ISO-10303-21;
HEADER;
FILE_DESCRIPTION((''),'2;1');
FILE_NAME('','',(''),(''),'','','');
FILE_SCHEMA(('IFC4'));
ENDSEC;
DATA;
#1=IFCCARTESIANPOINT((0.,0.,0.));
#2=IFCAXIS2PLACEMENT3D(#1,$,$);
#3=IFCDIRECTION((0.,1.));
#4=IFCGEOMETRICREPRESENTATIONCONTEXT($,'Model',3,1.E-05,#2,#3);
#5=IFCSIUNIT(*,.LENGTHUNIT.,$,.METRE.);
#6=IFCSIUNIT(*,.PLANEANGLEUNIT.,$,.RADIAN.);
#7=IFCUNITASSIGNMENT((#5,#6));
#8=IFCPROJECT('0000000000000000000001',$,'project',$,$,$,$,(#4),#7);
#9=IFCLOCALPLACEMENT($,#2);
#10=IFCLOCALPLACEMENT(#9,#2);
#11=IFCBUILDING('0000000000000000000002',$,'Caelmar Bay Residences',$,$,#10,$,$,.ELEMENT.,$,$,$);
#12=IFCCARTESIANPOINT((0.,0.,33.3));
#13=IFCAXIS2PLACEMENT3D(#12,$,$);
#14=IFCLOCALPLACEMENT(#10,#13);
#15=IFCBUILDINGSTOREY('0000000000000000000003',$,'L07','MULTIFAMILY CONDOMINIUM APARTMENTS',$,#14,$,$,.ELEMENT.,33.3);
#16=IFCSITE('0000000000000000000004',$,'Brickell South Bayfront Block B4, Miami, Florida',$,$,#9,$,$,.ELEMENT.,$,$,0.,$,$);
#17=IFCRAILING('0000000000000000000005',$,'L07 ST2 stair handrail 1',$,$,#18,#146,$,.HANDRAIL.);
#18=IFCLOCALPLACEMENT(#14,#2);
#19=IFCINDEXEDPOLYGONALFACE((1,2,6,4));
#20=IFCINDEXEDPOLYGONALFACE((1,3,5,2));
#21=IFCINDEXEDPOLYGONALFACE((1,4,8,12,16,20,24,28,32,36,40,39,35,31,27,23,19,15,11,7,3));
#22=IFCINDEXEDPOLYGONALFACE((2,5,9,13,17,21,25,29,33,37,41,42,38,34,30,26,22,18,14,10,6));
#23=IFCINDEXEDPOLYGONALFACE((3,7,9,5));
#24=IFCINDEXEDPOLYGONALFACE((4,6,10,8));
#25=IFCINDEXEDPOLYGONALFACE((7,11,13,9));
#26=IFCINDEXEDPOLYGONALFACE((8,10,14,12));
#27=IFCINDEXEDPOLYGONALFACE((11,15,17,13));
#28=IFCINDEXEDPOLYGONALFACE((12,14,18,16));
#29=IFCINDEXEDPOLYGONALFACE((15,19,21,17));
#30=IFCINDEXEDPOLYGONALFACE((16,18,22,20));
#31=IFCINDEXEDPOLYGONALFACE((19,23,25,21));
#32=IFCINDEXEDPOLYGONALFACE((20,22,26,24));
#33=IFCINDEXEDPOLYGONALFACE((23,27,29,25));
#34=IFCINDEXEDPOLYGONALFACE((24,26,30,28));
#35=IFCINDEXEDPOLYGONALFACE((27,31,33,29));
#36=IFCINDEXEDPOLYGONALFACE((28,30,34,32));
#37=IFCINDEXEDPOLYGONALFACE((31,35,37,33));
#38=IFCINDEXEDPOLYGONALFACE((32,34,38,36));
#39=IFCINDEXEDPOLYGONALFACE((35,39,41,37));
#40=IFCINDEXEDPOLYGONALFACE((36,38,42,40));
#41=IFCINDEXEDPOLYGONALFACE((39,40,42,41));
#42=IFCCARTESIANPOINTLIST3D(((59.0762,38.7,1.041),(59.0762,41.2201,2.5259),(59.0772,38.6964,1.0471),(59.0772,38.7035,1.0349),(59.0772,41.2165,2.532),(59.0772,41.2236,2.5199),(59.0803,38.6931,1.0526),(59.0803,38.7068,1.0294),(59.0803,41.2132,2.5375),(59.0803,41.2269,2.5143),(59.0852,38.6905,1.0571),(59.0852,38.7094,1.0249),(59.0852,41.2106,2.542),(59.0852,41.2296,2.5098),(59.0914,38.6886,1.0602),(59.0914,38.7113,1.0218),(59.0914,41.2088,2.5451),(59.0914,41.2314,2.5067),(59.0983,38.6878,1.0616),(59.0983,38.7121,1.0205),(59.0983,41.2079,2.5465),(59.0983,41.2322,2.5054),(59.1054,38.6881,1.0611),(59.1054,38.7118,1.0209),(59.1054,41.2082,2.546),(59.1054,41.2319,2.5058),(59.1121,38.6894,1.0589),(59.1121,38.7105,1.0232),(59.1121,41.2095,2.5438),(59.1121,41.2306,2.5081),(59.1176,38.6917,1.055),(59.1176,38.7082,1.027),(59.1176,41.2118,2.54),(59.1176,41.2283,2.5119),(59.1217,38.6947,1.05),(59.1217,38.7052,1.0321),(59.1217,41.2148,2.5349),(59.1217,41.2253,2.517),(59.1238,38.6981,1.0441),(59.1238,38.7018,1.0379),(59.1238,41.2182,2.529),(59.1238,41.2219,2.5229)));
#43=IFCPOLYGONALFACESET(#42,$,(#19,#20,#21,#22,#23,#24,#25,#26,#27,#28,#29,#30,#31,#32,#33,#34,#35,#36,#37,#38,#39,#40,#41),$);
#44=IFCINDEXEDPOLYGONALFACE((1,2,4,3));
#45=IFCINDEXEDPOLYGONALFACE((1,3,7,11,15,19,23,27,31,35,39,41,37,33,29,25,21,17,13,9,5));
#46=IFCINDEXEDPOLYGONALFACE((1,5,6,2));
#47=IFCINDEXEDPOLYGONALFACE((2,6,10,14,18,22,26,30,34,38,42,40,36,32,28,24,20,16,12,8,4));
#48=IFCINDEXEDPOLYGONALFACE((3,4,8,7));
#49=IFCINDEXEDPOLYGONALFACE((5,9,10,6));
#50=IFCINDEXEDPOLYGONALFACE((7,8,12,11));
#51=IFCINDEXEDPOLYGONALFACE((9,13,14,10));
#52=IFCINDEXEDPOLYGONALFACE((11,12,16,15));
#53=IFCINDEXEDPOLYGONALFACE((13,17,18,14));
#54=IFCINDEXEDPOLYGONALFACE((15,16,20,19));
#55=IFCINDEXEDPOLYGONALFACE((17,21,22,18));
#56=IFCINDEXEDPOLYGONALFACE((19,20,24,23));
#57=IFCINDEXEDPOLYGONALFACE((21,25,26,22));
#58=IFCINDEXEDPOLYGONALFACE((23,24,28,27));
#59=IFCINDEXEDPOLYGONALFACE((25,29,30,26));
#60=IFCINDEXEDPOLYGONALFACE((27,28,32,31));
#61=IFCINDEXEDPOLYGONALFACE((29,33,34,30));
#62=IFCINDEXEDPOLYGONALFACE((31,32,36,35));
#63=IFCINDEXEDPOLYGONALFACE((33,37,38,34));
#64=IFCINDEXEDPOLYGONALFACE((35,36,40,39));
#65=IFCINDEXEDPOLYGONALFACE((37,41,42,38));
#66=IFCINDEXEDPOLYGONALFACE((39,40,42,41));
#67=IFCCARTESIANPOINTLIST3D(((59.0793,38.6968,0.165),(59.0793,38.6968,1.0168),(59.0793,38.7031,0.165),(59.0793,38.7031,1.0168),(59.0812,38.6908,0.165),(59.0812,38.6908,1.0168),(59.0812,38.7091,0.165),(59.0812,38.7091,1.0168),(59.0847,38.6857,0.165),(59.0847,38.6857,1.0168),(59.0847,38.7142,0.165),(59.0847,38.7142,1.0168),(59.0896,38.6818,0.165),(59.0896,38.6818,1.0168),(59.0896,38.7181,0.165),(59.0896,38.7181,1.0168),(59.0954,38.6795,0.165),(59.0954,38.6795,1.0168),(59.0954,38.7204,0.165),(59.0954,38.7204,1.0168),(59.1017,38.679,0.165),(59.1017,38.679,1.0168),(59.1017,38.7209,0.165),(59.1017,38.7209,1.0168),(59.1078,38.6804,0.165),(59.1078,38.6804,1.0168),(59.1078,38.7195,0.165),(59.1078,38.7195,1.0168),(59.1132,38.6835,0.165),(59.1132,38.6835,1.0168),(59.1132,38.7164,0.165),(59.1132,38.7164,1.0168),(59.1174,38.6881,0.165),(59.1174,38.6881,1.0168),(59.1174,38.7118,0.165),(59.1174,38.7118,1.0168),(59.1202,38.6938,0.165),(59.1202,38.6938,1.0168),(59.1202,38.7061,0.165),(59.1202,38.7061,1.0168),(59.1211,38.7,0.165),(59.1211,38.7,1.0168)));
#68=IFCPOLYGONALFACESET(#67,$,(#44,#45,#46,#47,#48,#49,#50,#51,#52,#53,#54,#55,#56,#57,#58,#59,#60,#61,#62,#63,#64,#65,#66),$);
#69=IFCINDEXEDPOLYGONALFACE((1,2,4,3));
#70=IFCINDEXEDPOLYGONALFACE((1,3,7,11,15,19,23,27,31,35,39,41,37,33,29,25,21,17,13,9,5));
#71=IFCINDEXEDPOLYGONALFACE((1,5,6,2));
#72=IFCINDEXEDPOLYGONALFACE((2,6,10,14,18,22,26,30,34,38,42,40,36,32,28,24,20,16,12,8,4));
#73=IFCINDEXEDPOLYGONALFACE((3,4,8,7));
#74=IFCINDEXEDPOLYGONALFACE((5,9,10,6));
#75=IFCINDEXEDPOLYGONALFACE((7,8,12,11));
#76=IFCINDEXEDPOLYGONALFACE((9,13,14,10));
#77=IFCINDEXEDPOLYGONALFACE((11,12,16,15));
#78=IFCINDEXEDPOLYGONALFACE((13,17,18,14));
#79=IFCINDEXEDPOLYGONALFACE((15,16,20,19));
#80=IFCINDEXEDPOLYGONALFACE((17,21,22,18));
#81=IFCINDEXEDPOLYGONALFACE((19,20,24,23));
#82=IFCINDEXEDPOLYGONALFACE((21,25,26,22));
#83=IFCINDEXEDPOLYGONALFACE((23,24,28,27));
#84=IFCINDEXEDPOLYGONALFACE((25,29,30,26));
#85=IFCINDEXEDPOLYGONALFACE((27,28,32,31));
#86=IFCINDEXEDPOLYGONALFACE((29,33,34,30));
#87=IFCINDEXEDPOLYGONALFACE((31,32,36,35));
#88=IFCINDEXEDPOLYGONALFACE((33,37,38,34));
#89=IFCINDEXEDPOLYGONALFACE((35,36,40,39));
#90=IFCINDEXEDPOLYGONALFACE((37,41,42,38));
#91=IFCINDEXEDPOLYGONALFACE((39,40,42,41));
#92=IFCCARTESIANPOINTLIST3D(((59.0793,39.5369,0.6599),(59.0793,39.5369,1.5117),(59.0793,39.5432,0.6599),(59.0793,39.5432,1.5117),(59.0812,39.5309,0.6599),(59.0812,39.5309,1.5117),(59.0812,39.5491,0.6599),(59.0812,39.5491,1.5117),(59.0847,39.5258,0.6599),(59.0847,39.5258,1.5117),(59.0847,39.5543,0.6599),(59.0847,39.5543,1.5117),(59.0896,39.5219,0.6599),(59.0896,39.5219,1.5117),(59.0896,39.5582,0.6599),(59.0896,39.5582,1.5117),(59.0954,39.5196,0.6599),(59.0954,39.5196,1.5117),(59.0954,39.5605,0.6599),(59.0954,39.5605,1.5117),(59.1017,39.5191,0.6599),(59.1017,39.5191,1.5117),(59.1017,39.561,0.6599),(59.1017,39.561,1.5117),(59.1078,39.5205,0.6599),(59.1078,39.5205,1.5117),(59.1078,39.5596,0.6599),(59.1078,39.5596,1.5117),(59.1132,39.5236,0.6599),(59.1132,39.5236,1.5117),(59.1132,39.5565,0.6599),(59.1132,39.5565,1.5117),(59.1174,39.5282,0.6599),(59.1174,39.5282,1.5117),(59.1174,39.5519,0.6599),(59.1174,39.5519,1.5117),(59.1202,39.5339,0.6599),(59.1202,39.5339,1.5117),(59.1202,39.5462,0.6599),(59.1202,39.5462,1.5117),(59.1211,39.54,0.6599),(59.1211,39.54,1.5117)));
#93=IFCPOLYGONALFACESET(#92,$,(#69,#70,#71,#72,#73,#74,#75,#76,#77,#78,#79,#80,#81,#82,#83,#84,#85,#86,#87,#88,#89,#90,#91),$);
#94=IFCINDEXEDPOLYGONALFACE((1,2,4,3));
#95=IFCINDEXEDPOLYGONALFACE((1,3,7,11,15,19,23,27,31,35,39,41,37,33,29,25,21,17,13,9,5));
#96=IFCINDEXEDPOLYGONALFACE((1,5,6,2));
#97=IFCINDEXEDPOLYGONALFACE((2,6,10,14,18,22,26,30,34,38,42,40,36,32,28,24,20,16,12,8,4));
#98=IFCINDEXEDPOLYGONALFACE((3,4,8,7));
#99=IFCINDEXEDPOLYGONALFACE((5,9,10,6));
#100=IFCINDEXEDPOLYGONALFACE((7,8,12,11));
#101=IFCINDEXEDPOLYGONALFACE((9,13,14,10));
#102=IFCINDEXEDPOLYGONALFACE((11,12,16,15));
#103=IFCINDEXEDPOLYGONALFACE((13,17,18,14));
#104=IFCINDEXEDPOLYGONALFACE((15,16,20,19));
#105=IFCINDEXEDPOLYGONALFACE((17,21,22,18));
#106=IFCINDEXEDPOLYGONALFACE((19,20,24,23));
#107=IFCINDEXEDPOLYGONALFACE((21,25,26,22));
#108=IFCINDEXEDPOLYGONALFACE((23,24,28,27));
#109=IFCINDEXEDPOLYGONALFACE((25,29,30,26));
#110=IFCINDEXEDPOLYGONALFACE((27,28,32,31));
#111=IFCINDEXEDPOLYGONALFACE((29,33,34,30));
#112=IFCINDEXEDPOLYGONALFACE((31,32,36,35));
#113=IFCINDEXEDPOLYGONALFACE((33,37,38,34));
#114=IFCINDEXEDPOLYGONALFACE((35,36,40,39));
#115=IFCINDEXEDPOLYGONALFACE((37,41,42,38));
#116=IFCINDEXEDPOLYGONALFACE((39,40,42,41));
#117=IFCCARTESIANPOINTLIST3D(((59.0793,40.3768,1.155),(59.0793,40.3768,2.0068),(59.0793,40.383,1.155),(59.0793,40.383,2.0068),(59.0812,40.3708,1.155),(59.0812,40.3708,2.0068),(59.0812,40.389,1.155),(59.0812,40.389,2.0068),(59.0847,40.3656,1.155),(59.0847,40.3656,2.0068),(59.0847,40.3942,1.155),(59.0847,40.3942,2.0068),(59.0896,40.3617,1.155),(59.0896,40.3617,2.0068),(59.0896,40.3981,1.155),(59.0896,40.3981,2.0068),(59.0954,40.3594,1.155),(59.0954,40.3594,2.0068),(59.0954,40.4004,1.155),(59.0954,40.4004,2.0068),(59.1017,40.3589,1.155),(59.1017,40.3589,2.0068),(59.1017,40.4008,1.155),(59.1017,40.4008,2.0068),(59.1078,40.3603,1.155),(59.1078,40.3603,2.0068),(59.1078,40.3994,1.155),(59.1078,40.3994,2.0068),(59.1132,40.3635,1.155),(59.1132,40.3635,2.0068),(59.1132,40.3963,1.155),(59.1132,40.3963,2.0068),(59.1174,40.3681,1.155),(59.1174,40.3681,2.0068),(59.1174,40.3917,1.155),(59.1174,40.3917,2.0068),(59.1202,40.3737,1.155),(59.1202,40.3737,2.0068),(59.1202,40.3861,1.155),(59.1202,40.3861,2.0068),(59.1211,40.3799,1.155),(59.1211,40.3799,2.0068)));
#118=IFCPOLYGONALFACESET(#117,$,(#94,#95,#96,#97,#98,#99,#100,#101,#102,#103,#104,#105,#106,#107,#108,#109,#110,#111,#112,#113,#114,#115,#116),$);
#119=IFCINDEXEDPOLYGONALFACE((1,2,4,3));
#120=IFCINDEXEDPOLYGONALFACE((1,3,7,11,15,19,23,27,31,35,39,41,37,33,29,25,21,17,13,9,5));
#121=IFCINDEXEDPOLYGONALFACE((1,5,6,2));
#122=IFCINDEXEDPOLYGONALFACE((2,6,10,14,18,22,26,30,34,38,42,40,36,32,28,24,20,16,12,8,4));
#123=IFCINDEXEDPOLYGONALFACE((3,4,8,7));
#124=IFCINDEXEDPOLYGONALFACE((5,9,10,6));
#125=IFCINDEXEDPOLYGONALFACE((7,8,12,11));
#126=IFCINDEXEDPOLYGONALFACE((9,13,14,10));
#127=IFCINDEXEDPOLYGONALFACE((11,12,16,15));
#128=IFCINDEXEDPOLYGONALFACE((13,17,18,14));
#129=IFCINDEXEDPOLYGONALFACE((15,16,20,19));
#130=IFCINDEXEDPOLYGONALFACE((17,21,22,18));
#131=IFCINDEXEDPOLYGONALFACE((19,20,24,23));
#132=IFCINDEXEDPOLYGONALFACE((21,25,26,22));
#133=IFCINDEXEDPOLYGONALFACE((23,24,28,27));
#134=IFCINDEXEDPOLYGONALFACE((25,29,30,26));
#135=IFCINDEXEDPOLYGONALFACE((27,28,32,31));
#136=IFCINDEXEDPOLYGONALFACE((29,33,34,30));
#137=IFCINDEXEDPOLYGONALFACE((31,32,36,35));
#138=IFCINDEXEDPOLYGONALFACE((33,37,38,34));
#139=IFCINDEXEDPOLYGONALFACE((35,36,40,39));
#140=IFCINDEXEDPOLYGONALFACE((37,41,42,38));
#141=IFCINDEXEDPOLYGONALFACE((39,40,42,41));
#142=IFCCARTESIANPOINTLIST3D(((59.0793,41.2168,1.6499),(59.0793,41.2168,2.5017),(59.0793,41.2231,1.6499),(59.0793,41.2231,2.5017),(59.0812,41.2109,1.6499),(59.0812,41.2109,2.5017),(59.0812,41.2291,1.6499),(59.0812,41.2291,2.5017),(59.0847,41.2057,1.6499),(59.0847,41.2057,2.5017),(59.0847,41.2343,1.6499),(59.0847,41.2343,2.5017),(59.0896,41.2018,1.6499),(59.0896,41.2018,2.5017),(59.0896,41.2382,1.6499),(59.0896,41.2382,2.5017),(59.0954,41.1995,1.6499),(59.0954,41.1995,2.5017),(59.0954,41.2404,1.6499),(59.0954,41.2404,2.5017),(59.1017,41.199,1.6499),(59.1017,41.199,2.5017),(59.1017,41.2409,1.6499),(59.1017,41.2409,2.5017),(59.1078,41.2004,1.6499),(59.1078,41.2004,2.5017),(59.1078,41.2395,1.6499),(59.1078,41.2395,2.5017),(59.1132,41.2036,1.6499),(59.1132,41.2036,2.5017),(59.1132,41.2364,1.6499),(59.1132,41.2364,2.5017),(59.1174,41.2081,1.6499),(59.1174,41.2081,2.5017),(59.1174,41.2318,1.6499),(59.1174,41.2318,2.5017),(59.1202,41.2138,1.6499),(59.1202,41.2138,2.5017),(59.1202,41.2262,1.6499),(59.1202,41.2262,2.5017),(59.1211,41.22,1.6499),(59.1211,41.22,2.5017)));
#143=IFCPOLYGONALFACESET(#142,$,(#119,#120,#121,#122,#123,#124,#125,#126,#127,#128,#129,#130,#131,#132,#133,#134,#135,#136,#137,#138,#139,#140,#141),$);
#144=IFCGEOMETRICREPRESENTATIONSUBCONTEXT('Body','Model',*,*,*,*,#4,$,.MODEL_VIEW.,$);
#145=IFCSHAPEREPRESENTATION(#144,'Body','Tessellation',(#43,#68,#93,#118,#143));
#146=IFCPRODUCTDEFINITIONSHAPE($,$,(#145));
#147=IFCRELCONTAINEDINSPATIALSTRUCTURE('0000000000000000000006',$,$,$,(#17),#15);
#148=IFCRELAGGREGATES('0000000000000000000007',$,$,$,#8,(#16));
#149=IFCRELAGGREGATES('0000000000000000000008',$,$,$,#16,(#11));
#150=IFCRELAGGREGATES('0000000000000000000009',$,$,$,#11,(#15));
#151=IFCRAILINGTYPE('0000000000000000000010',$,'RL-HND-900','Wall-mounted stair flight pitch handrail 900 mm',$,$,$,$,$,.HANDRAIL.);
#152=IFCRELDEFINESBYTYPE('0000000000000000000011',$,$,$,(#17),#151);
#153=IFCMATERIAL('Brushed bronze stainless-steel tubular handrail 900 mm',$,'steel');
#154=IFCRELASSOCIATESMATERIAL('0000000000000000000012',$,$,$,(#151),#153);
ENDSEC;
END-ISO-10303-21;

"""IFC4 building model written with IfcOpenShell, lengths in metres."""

from ifc_helpers import new_model, si_unit, direction, frame, origin, origin_2d, place, context, subcontext, project, spatial, circle, extrude, material, type_object, element, save


model = new_model("IFC4")

# Units and contexts
model_context = context("Model", 3, precision=1e-05, world=origin(), true_north=direction((0.0, 1.0)))
body_context = subcontext(model_context, "Body", "Model", "MODEL_VIEW")
ifc_project = project(units=[si_unit("LENGTHUNIT", "METRE"), si_unit("PLANEANGLEUNIT", "RADIAN")], contexts=[model_context])

# Site, building, storey
site_placement = place(None, origin())
site = spatial("IfcSite", under=ifc_project, at=site_placement, Name="Brickell South Bayfront Block B4, Miami, Florida", CompositionType="ELEMENT", RefElevation=0.0)
building_placement = place(site_placement, origin())
building = spatial("IfcBuilding", under=site, at=building_placement, Name="Caelmar Bay Residences", CompositionType="ELEMENT")
storey_placement = place(building_placement, frame((0.0, 0.0, 33.3)))
storey = spatial("IfcBuildingStorey", under=building, at=storey_placement, Name="L07", Description="MULTIFAMILY CONDOMINIUM APARTMENTS", CompositionType="ELEMENT", Elevation=33.3)

# Railing
ifc_material_1 = material(Name="Brushed bronze stainless-steel tubular handrail 900 mm", Category="steel")
railing_type_1 = type_object("IfcRailingType", Name="RL-HND-900", Description="Wall-mounted stair flight pitch handrail 900 mm", PredefinedType="HANDRAIL", material=ifc_material_1)
railing_1_placement = place(storey_placement, frame((59.1001, 38.7, 0.165)))
element("IfcRailing", 1, at=railing_1_placement, inside=storey, type_object=railing_type_1, Name="L07 ST2 stair handrail 1", PredefinedType="HANDRAIL", context=body_context, shape_type="SweptSolid", body=[
    extrude(circle(Radius=0.0239, at=origin_2d()), frame((0.0, 0.0, 0.876), z_axis=(0.0, 0.861561, 0.507655), x_axis=(-1.0, 0.0, 0.0)), (0.0, 0.0, 1.0), 2.925),
    extrude(circle(Radius=0.021, at=origin_2d()), origin(), (0.0, 0.0, 1.0), 0.8518),
    extrude(circle(Radius=0.021, at=origin_2d()), frame((0.0, 0.8401, 0.4949)), (0.0, 0.0, 1.0), 0.8518),
    extrude(circle(Radius=0.021, at=origin_2d()), frame((0.0, 1.6799, 0.99)), (0.0, 0.0, 1.0), 0.8518),
    extrude(circle(Radius=0.021, at=origin_2d()), frame((0.0, 2.52, 1.4849)), (0.0, 0.0, 1.0), 0.8518),
])

save(model, "model.ifc")
